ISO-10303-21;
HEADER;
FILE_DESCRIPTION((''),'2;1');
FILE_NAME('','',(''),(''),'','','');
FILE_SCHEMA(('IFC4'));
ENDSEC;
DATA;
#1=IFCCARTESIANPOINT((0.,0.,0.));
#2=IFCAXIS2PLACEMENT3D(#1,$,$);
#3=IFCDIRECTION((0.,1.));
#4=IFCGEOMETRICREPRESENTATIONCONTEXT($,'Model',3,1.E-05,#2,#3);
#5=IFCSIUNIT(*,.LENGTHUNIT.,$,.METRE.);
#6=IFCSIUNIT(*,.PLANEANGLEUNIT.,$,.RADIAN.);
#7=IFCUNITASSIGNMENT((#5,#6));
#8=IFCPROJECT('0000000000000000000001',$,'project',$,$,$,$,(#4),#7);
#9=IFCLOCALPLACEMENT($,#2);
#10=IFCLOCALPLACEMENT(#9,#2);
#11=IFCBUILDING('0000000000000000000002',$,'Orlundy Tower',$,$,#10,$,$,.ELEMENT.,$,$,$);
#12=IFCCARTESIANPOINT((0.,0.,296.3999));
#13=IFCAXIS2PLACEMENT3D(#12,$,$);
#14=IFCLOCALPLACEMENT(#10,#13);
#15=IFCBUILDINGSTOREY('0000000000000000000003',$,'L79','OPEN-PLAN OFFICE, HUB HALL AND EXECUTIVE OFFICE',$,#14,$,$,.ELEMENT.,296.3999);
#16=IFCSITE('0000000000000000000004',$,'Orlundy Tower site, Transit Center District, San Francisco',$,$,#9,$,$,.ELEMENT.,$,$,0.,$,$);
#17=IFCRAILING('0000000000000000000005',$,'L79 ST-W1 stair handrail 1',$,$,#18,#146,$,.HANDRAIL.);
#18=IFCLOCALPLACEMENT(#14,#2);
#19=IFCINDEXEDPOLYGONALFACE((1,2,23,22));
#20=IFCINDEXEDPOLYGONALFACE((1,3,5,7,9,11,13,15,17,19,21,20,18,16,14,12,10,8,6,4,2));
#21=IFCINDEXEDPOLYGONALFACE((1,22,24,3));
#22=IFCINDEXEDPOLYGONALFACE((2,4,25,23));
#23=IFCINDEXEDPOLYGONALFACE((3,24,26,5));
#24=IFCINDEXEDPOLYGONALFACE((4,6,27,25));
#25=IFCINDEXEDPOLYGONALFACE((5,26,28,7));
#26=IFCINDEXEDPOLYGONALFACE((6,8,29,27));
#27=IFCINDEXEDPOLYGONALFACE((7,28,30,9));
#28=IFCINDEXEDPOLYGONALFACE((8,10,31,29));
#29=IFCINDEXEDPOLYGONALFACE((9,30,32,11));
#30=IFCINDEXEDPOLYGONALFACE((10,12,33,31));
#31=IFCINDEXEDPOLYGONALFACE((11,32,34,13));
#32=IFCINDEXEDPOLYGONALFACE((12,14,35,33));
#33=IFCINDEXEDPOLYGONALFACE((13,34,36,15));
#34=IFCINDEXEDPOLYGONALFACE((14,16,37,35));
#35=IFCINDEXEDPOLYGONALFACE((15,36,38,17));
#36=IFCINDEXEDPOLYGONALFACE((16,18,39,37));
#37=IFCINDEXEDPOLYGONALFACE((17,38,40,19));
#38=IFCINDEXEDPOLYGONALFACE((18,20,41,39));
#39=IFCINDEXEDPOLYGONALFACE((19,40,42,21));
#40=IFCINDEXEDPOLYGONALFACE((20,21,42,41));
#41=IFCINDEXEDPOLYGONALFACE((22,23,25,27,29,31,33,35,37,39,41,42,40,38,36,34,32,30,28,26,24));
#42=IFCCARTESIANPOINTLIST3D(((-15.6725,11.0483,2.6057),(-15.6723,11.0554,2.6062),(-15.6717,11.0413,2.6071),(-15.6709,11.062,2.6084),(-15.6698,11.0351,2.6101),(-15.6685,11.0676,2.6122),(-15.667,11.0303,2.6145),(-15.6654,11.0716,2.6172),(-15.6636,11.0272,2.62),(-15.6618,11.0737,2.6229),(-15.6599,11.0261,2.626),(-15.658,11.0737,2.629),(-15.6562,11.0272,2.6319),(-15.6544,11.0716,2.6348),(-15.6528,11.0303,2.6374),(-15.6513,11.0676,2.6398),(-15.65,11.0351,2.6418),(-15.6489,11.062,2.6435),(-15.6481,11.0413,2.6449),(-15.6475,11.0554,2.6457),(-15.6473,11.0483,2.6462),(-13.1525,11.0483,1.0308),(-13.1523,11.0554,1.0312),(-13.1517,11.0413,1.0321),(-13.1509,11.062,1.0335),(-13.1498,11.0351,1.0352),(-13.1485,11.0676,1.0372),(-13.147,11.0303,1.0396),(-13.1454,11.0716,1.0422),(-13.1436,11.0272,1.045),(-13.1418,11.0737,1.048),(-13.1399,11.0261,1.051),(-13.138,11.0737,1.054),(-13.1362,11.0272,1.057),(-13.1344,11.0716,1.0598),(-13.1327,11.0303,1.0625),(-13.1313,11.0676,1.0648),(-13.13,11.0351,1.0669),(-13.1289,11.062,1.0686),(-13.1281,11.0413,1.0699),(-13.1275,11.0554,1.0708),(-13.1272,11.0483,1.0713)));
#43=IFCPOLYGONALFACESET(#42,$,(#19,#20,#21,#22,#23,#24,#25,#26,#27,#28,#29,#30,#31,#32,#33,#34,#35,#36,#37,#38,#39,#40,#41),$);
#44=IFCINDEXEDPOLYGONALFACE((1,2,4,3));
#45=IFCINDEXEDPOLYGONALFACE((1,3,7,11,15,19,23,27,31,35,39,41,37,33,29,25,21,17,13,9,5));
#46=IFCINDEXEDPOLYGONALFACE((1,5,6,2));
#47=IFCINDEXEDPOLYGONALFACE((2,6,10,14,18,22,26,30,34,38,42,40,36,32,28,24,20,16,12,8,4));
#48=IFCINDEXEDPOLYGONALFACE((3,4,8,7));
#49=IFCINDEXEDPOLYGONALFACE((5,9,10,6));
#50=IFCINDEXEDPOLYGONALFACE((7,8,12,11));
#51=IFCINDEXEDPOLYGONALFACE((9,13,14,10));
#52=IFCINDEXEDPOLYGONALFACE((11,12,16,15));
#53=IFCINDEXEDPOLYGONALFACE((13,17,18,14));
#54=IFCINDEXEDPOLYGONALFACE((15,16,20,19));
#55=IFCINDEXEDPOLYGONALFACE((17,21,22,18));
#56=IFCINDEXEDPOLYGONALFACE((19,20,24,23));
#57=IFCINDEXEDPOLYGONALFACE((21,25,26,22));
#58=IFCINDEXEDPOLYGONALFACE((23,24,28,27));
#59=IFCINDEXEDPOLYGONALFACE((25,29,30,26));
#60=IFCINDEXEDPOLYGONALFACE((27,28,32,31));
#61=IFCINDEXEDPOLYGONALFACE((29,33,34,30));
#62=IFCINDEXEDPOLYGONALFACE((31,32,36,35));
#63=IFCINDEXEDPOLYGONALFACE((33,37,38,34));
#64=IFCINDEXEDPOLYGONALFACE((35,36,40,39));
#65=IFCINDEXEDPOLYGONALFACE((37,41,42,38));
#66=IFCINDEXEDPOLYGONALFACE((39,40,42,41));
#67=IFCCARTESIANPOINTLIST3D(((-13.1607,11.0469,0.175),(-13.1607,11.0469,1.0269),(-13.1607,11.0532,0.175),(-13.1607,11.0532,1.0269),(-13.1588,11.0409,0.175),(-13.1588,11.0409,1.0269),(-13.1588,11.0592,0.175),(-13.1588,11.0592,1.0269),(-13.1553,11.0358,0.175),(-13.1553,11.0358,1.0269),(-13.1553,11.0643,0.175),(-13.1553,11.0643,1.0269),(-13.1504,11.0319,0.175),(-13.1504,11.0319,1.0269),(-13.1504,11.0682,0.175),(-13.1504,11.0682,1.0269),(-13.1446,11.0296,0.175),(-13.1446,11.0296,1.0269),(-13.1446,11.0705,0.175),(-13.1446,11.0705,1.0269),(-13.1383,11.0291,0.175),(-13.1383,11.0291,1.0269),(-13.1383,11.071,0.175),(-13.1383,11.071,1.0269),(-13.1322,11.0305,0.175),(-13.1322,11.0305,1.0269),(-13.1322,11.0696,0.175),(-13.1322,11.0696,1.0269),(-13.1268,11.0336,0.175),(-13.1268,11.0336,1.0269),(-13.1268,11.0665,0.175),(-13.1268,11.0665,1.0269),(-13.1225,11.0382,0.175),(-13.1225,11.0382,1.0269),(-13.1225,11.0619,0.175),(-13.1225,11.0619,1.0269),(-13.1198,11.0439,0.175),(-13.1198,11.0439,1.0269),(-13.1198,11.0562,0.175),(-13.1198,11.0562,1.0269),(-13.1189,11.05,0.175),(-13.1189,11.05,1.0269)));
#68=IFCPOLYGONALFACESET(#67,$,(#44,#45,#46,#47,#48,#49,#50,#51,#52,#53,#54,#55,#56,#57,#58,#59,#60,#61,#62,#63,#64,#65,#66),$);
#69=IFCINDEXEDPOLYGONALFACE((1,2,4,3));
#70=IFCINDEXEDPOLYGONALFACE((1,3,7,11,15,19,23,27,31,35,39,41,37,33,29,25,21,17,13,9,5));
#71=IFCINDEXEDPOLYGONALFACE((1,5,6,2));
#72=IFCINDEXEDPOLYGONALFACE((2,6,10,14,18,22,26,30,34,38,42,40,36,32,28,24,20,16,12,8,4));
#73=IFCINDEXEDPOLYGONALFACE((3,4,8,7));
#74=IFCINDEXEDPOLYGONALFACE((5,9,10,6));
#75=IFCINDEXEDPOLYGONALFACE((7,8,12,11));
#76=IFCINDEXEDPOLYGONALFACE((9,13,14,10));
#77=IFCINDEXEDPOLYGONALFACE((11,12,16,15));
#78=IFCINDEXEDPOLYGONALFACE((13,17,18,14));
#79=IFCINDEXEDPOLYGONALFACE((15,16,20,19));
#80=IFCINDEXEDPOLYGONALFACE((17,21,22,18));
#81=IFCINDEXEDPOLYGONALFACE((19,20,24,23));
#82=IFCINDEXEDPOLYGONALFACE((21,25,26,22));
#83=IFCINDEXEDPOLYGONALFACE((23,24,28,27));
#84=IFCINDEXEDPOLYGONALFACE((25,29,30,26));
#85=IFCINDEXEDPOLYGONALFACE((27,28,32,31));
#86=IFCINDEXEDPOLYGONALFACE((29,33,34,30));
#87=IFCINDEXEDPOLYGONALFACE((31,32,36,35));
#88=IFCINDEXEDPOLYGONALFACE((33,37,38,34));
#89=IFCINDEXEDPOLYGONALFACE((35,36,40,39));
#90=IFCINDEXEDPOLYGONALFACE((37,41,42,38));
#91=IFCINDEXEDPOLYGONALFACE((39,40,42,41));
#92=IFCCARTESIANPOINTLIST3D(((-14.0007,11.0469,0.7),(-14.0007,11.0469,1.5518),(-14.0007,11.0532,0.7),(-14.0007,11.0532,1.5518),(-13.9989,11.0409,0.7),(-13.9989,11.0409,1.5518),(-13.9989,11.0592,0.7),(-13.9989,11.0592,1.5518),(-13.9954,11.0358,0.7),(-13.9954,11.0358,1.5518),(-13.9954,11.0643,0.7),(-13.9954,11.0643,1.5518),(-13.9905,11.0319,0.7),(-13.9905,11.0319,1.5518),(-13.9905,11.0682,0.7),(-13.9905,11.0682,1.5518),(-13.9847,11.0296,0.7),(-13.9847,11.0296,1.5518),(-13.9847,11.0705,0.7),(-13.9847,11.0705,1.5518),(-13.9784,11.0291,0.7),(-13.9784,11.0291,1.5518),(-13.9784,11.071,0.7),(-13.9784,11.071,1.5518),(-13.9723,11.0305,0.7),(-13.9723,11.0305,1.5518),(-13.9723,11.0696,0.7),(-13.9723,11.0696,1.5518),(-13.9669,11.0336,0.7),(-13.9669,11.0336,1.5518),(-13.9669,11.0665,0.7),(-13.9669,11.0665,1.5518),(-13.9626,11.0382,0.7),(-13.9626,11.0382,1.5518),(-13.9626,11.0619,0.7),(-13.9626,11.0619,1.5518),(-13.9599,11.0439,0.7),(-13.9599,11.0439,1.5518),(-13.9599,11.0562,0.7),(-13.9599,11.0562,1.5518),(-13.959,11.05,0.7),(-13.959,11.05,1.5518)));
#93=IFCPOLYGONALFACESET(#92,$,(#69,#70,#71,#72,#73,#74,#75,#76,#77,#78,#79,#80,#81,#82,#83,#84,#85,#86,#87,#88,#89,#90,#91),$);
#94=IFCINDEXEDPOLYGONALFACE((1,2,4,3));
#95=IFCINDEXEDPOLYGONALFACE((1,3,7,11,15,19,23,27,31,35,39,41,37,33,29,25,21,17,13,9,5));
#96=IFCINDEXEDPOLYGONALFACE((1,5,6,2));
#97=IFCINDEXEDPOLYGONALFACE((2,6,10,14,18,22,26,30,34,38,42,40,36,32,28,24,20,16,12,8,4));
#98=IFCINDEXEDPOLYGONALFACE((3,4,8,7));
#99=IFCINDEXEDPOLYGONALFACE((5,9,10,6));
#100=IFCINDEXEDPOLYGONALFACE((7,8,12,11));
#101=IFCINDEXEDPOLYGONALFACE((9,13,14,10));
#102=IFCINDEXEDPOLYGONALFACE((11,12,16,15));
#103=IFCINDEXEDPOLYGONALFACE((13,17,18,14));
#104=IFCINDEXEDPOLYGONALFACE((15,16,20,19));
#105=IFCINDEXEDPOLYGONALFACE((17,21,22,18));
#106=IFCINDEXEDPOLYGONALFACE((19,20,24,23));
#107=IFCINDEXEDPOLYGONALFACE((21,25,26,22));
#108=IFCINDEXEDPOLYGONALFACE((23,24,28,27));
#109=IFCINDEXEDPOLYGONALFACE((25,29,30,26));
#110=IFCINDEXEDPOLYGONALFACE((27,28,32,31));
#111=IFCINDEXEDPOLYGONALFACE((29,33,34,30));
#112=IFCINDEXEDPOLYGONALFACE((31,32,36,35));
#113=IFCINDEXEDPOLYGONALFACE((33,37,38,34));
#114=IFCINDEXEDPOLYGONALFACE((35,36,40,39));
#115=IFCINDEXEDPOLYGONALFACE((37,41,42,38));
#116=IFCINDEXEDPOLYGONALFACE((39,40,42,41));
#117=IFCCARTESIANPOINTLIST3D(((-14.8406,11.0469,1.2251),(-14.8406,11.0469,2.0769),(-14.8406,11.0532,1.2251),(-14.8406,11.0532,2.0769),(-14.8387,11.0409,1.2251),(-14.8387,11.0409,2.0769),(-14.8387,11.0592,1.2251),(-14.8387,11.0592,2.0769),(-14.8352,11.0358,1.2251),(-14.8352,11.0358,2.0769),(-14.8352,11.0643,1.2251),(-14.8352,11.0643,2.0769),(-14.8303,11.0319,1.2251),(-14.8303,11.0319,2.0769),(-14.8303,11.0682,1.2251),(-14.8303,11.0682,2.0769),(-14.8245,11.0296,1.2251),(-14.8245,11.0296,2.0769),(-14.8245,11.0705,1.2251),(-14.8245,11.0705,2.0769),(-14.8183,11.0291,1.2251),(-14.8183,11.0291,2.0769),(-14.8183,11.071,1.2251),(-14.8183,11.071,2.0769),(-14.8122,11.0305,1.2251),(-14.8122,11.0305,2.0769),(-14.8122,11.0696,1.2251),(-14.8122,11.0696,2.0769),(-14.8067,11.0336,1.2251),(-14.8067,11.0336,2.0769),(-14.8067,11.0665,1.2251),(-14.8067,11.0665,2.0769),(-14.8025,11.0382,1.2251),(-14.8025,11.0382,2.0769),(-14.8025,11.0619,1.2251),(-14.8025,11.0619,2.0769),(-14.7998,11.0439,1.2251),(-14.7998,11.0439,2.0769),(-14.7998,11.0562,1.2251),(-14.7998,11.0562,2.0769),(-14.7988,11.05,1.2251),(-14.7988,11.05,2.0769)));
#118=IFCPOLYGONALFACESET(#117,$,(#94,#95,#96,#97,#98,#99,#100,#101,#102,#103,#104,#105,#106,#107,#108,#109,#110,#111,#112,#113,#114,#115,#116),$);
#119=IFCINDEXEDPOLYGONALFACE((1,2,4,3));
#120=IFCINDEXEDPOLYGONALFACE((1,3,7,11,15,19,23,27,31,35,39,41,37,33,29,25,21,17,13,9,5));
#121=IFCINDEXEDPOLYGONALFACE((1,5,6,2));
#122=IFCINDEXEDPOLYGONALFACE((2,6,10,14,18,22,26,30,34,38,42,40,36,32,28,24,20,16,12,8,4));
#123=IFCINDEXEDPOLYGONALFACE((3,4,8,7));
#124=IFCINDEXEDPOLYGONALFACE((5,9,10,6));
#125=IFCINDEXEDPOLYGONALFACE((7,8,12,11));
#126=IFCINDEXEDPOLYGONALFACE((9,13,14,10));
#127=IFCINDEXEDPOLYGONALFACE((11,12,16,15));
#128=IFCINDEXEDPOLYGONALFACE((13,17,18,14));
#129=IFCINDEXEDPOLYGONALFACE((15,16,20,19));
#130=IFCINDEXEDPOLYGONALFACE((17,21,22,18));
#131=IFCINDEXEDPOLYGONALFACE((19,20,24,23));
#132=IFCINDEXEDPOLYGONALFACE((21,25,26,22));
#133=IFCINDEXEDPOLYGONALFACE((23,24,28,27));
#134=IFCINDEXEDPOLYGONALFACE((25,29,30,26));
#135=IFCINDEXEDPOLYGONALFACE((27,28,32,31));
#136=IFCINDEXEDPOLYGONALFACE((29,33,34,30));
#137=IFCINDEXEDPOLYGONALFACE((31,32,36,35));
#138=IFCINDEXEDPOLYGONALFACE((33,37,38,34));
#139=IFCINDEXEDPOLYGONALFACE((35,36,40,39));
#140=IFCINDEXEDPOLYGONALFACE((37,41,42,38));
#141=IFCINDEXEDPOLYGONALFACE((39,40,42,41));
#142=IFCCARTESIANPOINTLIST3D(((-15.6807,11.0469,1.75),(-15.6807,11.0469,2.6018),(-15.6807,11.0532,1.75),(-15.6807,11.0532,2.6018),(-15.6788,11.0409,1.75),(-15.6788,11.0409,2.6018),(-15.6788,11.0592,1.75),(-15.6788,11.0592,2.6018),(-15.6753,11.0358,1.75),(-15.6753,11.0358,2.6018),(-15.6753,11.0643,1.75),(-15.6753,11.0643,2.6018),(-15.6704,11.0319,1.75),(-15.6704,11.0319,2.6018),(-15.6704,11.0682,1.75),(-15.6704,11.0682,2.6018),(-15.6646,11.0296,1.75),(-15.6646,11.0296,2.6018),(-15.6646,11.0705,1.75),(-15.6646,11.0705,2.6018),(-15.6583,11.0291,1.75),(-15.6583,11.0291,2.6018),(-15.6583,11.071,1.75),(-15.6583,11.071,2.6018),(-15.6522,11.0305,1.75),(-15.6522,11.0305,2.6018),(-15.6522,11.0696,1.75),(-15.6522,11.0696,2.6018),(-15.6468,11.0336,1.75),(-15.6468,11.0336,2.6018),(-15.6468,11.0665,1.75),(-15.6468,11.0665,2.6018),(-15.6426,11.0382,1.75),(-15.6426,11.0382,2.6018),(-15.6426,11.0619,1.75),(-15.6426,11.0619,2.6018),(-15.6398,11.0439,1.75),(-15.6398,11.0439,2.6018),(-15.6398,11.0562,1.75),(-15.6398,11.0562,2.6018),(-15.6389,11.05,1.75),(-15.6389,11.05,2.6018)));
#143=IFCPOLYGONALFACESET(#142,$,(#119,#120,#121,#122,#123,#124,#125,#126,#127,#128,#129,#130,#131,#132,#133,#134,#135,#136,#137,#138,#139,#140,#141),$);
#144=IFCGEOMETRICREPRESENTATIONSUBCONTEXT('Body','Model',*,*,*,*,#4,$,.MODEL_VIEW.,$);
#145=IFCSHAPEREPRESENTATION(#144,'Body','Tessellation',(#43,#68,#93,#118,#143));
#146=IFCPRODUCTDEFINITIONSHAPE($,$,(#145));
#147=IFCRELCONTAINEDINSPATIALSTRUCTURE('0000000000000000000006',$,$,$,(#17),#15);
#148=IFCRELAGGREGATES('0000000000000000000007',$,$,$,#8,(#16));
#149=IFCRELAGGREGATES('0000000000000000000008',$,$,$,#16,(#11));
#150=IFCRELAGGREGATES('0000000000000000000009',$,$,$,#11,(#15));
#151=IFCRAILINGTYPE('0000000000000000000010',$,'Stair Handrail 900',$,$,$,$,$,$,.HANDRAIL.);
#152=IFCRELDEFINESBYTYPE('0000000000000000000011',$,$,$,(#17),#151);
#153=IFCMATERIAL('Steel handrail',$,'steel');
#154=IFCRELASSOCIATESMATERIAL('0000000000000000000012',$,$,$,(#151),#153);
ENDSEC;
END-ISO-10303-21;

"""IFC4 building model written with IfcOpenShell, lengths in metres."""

from ifc_helpers import new_model, si_unit, direction, frame, origin, origin_2d, place, context, subcontext, project, spatial, circle, extrude, material, type_object, element, save


model = new_model("IFC4")

# Units and contexts
model_context = context("Model", 3, precision=1e-05, world=origin(), true_north=direction((0.0, 1.0)))
body_context = subcontext(model_context, "Body", "Model", "MODEL_VIEW")
ifc_project = project(units=[si_unit("LENGTHUNIT", "METRE"), si_unit("PLANEANGLEUNIT", "RADIAN")], contexts=[model_context])

# Site, building, storey
site_placement = place(None, origin())
site = spatial("IfcSite", under=ifc_project, at=site_placement, Name="Orlundy Tower site, Transit Center District, San Francisco", CompositionType="ELEMENT", RefElevation=0.0)
building_placement = place(site_placement, origin())
building = spatial("IfcBuilding", under=site, at=building_placement, Name="Orlundy Tower", CompositionType="ELEMENT")
storey_placement = place(building_placement, frame((0.0, 0.0, 296.3999)))
storey = spatial("IfcBuildingStorey", under=building, at=storey_placement, Name="L79", Description="OPEN-PLAN OFFICE, HUB HALL AND EXECUTIVE OFFICE", CompositionType="ELEMENT", Elevation=296.3999)

# Railing
ifc_material_1 = material(Name="Steel handrail", Category="steel")
railing_type = type_object("IfcRailingType", Name="Stair Handrail 900", PredefinedType="HANDRAIL", material=ifc_material_1)
railing_placement = place(storey_placement, frame((-13.1399, 11.05, 0.175)))
element("IfcRailing", 1, at=railing_placement, inside=storey, type_object=railing_type, Name="L79 ST-W1 stair handrail 1", PredefinedType="HANDRAIL", context=body_context, shape_type="SweptSolid", body=[
    extrude(circle(Radius=0.0239, at=origin_2d()), frame((0.0, 0.0, 0.876), z_axis=(-0.848008, 0.0, 0.529984), x_axis=(0.0, -1.0, 0.0)), (0.0, 0.0, 1.0), 2.9717),
    extrude(circle(Radius=0.021, at=origin_2d()), origin(), (0.0, 0.0, 1.0), 0.8518),
    extrude(circle(Radius=0.021, at=origin_2d()), frame((-0.8401, 0.0, 0.5249)), (0.0, 0.0, 1.0), 0.8518),
    extrude(circle(Radius=0.021, at=origin_2d()), frame((-1.6799, 0.0, 1.05)), (0.0, 0.0, 1.0), 0.8518),
    extrude(circle(Radius=0.021, at=origin_2d()), frame((-2.52, 0.0, 1.575)), (0.0, 0.0, 1.0), 0.8518),
])

save(model, "model.ifc")
